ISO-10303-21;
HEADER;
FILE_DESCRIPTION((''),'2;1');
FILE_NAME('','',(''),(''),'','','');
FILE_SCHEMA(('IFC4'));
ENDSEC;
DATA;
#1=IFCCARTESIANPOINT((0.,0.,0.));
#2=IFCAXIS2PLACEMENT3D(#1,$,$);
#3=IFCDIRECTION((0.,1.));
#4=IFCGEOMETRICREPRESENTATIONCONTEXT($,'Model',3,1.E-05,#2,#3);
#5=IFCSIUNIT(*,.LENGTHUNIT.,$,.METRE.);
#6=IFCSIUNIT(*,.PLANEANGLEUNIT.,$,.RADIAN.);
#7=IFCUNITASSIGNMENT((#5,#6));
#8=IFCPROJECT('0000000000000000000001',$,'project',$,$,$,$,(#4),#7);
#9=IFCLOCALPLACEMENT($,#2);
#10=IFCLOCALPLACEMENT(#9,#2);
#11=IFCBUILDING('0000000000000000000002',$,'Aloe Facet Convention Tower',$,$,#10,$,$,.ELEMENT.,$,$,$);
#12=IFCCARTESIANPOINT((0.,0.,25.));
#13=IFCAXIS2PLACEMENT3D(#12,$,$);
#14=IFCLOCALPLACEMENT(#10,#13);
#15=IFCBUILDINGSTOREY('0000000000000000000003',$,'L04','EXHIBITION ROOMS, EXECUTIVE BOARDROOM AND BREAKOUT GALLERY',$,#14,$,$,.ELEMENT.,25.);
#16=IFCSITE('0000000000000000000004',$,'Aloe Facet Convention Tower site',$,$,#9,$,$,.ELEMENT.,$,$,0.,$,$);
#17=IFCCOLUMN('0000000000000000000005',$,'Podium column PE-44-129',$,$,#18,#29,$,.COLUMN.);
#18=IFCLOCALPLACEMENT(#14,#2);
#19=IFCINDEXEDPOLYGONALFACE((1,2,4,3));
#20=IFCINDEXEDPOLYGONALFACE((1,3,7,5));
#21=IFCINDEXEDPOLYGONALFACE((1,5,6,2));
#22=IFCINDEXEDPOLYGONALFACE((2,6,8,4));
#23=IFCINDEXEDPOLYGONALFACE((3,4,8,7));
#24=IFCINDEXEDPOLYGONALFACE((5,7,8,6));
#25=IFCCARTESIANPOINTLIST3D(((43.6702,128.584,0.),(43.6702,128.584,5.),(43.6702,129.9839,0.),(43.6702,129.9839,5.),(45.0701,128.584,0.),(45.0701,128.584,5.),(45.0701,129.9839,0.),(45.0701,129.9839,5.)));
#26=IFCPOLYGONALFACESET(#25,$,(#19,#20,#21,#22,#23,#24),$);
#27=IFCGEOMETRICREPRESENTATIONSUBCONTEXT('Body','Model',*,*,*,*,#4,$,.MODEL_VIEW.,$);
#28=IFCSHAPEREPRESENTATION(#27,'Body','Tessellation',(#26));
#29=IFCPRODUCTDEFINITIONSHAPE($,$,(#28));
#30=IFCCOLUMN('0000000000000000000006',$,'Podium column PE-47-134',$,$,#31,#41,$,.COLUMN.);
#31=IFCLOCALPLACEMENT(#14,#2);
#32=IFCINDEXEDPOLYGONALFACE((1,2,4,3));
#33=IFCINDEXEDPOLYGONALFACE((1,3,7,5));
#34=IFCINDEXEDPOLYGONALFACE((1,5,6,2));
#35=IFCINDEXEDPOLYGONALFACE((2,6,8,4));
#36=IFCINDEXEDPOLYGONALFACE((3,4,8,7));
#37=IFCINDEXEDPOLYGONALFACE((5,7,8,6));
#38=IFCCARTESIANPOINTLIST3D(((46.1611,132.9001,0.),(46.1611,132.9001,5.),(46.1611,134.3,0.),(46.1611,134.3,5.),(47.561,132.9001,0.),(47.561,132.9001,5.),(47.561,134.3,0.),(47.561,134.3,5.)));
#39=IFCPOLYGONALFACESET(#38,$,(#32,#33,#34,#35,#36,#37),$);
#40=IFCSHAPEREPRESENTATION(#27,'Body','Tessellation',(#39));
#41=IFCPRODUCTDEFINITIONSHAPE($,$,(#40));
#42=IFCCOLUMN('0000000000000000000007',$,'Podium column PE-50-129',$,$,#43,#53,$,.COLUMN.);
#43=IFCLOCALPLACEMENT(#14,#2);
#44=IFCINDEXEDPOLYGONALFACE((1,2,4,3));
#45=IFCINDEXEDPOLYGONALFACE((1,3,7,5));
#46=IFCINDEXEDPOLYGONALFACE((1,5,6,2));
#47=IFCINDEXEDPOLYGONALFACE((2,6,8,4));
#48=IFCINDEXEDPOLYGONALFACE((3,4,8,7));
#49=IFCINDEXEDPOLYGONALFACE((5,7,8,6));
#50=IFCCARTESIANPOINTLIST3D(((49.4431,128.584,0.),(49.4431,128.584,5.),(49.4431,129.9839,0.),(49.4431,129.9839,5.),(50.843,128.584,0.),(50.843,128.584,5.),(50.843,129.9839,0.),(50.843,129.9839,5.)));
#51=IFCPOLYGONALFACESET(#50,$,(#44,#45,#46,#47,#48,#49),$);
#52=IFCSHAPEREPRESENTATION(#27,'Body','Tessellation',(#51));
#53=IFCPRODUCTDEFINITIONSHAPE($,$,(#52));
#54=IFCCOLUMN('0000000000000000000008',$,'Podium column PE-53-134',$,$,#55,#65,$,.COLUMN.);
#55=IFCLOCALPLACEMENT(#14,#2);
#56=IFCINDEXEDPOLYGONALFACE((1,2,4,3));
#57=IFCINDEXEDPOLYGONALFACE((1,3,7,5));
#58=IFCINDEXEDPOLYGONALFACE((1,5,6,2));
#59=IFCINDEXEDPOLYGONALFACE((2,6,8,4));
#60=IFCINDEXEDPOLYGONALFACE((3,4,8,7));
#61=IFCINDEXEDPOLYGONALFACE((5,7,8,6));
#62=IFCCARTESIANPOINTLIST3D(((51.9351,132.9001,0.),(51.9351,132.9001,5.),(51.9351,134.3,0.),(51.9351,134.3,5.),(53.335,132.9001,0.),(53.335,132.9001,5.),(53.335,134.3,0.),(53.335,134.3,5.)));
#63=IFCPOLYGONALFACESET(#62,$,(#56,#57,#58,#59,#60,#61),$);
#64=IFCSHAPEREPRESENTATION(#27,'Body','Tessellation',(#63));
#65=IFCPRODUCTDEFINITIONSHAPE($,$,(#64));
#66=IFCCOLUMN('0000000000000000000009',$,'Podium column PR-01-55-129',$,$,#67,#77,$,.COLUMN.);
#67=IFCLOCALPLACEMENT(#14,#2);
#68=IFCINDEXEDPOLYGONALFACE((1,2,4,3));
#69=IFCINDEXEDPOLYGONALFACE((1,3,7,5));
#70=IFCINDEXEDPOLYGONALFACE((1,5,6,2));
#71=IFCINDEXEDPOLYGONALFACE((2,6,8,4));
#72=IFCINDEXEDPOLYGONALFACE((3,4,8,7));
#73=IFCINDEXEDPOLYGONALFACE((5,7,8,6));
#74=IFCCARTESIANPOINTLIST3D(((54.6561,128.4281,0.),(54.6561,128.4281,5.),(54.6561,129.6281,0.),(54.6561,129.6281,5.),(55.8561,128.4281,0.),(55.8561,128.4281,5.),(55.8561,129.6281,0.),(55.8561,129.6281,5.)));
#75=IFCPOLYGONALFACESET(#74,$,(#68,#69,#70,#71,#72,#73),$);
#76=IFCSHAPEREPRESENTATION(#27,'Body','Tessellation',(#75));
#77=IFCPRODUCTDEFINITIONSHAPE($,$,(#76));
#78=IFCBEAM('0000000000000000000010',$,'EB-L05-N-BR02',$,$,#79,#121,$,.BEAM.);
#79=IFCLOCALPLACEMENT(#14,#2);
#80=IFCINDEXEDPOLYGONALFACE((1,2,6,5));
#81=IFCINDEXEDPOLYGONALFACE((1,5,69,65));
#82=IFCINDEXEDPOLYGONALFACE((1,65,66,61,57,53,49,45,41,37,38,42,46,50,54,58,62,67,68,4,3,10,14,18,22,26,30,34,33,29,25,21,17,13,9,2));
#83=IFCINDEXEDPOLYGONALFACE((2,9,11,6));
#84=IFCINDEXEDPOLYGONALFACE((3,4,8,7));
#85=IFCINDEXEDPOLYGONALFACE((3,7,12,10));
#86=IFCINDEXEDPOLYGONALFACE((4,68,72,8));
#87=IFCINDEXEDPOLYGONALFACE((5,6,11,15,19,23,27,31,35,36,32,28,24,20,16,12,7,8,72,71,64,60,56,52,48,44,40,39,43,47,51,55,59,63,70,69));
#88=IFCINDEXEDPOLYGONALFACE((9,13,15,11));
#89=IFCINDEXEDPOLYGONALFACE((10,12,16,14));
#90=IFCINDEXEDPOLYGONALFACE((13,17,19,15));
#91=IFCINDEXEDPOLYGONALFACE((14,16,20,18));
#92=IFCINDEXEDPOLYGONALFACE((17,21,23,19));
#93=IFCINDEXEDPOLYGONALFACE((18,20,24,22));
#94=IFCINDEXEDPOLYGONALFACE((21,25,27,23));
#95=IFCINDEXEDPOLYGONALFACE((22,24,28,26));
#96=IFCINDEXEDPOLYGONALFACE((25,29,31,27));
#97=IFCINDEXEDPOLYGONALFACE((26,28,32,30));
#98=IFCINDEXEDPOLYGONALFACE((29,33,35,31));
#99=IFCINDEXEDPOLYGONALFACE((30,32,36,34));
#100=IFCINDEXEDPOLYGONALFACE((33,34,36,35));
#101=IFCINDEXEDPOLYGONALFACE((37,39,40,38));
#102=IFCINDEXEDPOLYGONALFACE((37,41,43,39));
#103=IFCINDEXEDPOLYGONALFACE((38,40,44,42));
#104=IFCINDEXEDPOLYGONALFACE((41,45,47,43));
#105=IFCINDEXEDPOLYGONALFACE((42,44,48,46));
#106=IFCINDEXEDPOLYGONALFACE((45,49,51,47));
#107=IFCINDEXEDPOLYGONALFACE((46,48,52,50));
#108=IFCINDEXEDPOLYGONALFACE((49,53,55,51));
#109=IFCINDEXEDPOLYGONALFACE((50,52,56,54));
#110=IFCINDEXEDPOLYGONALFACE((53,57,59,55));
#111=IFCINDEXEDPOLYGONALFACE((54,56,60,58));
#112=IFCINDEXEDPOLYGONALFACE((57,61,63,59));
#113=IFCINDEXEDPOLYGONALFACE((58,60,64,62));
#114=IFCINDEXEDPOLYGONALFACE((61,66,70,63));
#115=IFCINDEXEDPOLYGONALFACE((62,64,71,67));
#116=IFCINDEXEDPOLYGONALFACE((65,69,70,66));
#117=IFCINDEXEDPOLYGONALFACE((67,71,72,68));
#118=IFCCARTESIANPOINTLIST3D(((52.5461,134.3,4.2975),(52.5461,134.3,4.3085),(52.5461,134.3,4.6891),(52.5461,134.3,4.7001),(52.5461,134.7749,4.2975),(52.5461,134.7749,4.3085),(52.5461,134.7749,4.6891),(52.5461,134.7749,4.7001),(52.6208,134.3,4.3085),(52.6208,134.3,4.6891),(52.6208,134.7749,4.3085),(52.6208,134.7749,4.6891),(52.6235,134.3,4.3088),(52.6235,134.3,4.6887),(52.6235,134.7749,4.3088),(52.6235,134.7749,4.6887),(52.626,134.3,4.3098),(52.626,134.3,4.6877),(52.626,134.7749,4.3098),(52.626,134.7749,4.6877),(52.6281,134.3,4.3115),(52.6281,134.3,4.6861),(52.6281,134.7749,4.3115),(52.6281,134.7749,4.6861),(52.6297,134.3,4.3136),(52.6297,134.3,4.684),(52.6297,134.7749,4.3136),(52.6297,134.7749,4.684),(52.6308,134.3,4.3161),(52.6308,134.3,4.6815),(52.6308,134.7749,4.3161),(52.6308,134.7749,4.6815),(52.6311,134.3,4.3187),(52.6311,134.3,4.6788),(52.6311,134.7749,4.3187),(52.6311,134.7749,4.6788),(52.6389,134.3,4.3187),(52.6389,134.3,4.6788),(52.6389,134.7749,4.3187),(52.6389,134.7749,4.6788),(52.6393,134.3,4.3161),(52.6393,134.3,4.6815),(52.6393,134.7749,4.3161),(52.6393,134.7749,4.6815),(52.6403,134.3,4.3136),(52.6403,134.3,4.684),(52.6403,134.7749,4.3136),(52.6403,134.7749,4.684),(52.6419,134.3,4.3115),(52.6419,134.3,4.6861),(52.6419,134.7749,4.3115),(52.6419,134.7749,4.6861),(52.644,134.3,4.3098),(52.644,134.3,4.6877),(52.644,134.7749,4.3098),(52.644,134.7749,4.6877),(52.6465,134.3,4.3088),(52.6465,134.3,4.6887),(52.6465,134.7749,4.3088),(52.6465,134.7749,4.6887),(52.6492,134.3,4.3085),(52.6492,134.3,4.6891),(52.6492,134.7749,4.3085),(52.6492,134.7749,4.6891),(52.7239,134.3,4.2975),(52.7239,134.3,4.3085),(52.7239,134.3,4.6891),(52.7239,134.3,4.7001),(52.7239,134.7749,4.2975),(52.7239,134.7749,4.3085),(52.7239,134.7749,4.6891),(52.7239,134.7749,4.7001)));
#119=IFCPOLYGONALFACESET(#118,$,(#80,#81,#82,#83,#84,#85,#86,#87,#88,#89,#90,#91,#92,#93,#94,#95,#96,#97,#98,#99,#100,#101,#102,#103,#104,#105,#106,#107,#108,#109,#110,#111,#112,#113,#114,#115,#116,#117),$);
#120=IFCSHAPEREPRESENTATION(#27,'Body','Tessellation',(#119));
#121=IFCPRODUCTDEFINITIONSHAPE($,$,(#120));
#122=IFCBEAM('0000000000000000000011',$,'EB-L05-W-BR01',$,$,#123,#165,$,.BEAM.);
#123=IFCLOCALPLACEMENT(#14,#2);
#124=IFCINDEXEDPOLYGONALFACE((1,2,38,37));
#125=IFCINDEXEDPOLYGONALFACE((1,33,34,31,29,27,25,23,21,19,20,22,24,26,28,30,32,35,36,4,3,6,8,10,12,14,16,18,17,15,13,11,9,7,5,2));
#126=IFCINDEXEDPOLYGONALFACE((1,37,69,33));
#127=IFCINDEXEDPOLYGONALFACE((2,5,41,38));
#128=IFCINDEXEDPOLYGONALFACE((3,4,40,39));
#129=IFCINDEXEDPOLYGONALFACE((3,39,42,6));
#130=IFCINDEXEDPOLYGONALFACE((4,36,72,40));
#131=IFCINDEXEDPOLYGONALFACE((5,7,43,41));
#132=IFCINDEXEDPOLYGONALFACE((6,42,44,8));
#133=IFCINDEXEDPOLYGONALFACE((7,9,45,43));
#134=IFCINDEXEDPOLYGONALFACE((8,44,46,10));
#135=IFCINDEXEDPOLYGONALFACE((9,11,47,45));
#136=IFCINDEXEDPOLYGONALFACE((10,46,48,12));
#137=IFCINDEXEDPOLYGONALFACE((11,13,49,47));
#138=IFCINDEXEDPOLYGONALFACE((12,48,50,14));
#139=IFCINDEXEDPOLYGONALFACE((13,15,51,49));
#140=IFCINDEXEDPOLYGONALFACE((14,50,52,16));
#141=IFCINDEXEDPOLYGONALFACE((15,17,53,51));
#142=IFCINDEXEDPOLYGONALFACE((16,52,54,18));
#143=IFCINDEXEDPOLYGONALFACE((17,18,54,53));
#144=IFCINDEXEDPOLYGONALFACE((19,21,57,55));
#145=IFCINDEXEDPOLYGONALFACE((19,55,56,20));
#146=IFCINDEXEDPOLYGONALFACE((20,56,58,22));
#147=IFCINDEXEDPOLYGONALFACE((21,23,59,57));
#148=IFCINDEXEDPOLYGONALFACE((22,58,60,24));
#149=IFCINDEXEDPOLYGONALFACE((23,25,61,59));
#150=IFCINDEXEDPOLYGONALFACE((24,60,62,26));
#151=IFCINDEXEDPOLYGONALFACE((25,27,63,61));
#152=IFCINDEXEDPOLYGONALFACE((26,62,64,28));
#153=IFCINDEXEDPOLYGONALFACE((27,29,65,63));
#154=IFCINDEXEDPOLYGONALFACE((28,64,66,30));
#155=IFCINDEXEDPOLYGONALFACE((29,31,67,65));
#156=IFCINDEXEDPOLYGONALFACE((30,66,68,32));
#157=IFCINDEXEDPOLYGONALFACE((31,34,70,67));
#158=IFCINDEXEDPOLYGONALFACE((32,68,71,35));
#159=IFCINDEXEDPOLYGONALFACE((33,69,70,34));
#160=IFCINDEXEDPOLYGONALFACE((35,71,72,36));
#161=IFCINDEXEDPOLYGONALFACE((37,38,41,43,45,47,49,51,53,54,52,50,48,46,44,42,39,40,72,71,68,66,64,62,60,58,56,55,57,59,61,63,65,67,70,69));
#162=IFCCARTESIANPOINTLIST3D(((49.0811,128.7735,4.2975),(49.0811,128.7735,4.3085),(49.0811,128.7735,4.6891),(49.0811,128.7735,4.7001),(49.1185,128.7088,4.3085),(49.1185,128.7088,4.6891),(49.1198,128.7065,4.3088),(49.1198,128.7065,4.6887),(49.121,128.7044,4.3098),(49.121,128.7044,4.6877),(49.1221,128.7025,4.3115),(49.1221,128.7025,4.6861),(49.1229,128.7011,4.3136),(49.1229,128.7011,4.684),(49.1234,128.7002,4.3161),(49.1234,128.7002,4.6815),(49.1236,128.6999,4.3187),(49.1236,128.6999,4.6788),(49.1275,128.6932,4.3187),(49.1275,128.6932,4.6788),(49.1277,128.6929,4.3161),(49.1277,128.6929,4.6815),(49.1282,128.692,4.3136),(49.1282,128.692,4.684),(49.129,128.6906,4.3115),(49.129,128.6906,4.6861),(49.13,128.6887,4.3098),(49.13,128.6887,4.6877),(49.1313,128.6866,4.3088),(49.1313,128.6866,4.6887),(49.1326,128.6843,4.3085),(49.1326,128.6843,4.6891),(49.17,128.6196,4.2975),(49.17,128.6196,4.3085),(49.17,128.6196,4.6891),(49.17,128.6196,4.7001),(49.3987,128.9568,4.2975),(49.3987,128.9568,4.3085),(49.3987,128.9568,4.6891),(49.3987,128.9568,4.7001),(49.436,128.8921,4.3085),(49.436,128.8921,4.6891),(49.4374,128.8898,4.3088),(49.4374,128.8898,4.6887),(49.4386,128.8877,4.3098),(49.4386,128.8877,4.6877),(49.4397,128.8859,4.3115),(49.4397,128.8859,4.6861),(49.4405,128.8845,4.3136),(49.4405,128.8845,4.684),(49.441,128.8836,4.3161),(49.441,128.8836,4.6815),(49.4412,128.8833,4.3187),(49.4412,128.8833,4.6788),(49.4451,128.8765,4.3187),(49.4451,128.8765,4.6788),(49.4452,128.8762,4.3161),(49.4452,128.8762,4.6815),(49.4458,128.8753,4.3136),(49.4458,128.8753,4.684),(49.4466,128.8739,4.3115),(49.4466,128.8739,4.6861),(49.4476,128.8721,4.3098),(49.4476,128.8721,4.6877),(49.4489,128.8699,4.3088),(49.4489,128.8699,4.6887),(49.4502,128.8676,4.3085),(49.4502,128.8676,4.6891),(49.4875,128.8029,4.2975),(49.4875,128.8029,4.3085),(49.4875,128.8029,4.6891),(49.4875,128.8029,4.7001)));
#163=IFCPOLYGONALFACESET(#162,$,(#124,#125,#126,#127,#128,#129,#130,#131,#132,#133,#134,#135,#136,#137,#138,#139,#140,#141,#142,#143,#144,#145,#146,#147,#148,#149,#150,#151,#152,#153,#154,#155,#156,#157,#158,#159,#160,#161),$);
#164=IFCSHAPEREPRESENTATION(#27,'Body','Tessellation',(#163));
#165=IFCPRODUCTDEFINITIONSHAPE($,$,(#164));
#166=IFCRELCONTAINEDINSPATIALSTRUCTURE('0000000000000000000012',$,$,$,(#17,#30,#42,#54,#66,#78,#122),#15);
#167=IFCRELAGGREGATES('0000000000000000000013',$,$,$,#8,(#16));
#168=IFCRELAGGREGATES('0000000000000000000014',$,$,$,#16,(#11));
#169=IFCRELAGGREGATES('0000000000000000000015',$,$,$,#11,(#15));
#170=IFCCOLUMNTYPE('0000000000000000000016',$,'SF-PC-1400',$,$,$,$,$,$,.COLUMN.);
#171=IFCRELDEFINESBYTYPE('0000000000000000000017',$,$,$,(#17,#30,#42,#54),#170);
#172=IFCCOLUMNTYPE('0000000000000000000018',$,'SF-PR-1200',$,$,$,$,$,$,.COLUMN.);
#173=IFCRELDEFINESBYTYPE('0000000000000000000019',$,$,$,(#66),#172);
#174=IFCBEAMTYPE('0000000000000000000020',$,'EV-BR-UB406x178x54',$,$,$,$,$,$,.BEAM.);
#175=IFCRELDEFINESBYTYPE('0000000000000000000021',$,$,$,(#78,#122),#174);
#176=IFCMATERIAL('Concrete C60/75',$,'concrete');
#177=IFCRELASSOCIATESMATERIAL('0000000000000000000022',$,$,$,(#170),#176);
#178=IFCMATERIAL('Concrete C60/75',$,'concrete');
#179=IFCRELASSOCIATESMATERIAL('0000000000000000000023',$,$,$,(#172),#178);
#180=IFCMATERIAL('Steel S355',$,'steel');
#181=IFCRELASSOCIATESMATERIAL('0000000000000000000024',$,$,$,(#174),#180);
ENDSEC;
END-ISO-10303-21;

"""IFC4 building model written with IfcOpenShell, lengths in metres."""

from ifc_helpers import new_model, si_unit, direction, frame, origin, origin_2d, place, context, subcontext, project, spatial, rectangle, i_section, extrude, material, material_profile, profile_set, type_object, element, save


model = new_model("IFC4")

# Units and contexts
model_context = context("Model", 3, precision=1e-05, world=origin(), true_north=direction((0.0, 1.0)))
body_context = subcontext(model_context, "Body", "Model", "MODEL_VIEW")
ifc_project = project(units=[si_unit("LENGTHUNIT", "METRE"), si_unit("PLANEANGLEUNIT", "RADIAN")], contexts=[model_context])

# Site, building, storey
site_placement = place(None, origin())
site = spatial("IfcSite", under=ifc_project, at=site_placement, Name="Aloe Facet Convention Tower site", CompositionType="ELEMENT", RefElevation=0.0)
building_placement = place(site_placement, origin())
building = spatial("IfcBuilding", under=site, at=building_placement, Name="Aloe Facet Convention Tower", CompositionType="ELEMENT")
storey_placement = place(building_placement, frame((0.0, 0.0, 25.0)))
storey = spatial("IfcBuildingStorey", under=building, at=storey_placement, Name="L04", Description="EXHIBITION ROOMS, EXECUTIVE BOARDROOM AND BREAKOUT GALLERY", CompositionType="ELEMENT", Elevation=25.0)

# Columns
ifc_material_1 = material(Name="Concrete C60/75", Category="concrete")
ifc_material_profile_1 = material_profile(ifc_material_1, rectangle(XDim=1.3999, YDim=1.3999, at=origin_2d()), Name="SF-PC-1400")
ifc_profile_set_1 = profile_set([ifc_material_profile_1], Name="Concrete C60/75")
column_type_1 = type_object("IfcColumnType", Name="SF-PC-1400", PredefinedType="COLUMN", material=ifc_profile_set_1)
for number, where, z_axis, x_axis, name in (
    (1, (44.3701, 129.2839, 0.0), (0.0, 0.0, 1.0), (1.0, 0.0, 0.0), "Podium column PE-44-129"),
    (2, (46.8611, 133.6001, 0.0), (0.0, 0.0, 1.0), (1.0, 0.0, 0.0), "Podium column PE-47-134"),
    (3, (50.1431, 129.2839, 0.0), (0.0, 0.0, 1.0), (1.0, 0.0, 0.0), "Podium column PE-50-129"),
    (4, (52.635, 133.6001, 0.0), (0.0, 0.0, 1.0), (1.0, 0.0, 0.0), "Podium column PE-53-134"),
):
    element("IfcColumn", number, at=place(storey_placement, frame(where, z_axis=z_axis, x_axis=x_axis)), inside=storey, type_object=column_type_1, Name=name, PredefinedType="COLUMN", context=body_context, shape_type="SweptSolid", body=[
        extrude(rectangle(XDim=1.3999, YDim=1.3999, at=origin_2d()), origin(), (0.0, 0.0, 1.0), 5.0),
    ])
ifc_material_2 = material(Name="Concrete C60/75", Category="concrete")
ifc_material_profile_2 = material_profile(ifc_material_2, rectangle(XDim=1.2, YDim=1.2, at=origin_2d()), Name="SF-PR-1200")
ifc_profile_set_2 = profile_set([ifc_material_profile_2], Name="Concrete C60/75")
column_type_2 = type_object("IfcColumnType", Name="SF-PR-1200", PredefinedType="COLUMN", material=ifc_profile_set_2)
column_placement = place(storey_placement, frame((55.2561, 129.0281, 0.0), z_axis=(0.0, 0.0, 1.0), x_axis=(1.0, 0.0, 0.0)))
element("IfcColumn", 5, at=column_placement, inside=storey, type_object=column_type_2, Name="Podium column PR-01-55-129", PredefinedType="COLUMN", context=body_context, shape_type="SweptSolid", body=[
    extrude(rectangle(XDim=1.2, YDim=1.2, at=origin_2d()), origin(), (0.0, 0.0, 1.0), 5.0),
])

# Beams
ifc_material_3 = material(Name="Steel S355", Category="steel")
ifc_material_profile_3 = material_profile(ifc_material_3, i_section(OverallWidth=0.1777, OverallDepth=0.4026, WebThickness=0.0078, FlangeThickness=0.011, FilletRadius=0.0103, at=origin_2d()), Name="UB 406x178x54")
ifc_profile_set_3 = profile_set([ifc_material_profile_3], Name="Steel S355")
beam_type_1 = type_object("IfcBeamType", Name="EV-BR-UB406x178x54", PredefinedType="BEAM", material=ifc_profile_set_3)
beam_1_placement = place(storey_placement, frame((52.635, 134.3, 4.4988), z_axis=(0.0, 1.0, 0.0), x_axis=(-1.0, 0.0, 0.0)))
element("IfcBeam", 6, at=beam_1_placement, inside=storey, type_object=beam_type_1, Name="EB-L05-N-BR02", PredefinedType="BEAM", context=body_context, shape_type="SweptSolid", body=[
    extrude(i_section(OverallWidth=0.1777, OverallDepth=0.4026, WebThickness=0.0078, FlangeThickness=0.011, FilletRadius=0.0103, at=origin_2d()), origin(), (0.0, 0.0, 1.0), 0.4749),
])
beam_2_placement = place(storey_placement, frame((49.4431, 128.8799, 4.4988), z_axis=(-0.866064, -0.499934, 0.0), x_axis=(0.499934, -0.866064, 0.0)))
element("IfcBeam", 7, at=beam_2_placement, inside=storey, type_object=beam_type_1, Name="EB-L05-W-BR01", PredefinedType="BEAM", context=body_context, shape_type="SweptSolid", body=[
    extrude(i_section(OverallWidth=0.1777, OverallDepth=0.4026, WebThickness=0.0078, FlangeThickness=0.011, FilletRadius=0.0103, at=origin_2d()), origin(), (0.0, 0.0, 1.0), 0.3667),
])

save(model, "model.ifc")
